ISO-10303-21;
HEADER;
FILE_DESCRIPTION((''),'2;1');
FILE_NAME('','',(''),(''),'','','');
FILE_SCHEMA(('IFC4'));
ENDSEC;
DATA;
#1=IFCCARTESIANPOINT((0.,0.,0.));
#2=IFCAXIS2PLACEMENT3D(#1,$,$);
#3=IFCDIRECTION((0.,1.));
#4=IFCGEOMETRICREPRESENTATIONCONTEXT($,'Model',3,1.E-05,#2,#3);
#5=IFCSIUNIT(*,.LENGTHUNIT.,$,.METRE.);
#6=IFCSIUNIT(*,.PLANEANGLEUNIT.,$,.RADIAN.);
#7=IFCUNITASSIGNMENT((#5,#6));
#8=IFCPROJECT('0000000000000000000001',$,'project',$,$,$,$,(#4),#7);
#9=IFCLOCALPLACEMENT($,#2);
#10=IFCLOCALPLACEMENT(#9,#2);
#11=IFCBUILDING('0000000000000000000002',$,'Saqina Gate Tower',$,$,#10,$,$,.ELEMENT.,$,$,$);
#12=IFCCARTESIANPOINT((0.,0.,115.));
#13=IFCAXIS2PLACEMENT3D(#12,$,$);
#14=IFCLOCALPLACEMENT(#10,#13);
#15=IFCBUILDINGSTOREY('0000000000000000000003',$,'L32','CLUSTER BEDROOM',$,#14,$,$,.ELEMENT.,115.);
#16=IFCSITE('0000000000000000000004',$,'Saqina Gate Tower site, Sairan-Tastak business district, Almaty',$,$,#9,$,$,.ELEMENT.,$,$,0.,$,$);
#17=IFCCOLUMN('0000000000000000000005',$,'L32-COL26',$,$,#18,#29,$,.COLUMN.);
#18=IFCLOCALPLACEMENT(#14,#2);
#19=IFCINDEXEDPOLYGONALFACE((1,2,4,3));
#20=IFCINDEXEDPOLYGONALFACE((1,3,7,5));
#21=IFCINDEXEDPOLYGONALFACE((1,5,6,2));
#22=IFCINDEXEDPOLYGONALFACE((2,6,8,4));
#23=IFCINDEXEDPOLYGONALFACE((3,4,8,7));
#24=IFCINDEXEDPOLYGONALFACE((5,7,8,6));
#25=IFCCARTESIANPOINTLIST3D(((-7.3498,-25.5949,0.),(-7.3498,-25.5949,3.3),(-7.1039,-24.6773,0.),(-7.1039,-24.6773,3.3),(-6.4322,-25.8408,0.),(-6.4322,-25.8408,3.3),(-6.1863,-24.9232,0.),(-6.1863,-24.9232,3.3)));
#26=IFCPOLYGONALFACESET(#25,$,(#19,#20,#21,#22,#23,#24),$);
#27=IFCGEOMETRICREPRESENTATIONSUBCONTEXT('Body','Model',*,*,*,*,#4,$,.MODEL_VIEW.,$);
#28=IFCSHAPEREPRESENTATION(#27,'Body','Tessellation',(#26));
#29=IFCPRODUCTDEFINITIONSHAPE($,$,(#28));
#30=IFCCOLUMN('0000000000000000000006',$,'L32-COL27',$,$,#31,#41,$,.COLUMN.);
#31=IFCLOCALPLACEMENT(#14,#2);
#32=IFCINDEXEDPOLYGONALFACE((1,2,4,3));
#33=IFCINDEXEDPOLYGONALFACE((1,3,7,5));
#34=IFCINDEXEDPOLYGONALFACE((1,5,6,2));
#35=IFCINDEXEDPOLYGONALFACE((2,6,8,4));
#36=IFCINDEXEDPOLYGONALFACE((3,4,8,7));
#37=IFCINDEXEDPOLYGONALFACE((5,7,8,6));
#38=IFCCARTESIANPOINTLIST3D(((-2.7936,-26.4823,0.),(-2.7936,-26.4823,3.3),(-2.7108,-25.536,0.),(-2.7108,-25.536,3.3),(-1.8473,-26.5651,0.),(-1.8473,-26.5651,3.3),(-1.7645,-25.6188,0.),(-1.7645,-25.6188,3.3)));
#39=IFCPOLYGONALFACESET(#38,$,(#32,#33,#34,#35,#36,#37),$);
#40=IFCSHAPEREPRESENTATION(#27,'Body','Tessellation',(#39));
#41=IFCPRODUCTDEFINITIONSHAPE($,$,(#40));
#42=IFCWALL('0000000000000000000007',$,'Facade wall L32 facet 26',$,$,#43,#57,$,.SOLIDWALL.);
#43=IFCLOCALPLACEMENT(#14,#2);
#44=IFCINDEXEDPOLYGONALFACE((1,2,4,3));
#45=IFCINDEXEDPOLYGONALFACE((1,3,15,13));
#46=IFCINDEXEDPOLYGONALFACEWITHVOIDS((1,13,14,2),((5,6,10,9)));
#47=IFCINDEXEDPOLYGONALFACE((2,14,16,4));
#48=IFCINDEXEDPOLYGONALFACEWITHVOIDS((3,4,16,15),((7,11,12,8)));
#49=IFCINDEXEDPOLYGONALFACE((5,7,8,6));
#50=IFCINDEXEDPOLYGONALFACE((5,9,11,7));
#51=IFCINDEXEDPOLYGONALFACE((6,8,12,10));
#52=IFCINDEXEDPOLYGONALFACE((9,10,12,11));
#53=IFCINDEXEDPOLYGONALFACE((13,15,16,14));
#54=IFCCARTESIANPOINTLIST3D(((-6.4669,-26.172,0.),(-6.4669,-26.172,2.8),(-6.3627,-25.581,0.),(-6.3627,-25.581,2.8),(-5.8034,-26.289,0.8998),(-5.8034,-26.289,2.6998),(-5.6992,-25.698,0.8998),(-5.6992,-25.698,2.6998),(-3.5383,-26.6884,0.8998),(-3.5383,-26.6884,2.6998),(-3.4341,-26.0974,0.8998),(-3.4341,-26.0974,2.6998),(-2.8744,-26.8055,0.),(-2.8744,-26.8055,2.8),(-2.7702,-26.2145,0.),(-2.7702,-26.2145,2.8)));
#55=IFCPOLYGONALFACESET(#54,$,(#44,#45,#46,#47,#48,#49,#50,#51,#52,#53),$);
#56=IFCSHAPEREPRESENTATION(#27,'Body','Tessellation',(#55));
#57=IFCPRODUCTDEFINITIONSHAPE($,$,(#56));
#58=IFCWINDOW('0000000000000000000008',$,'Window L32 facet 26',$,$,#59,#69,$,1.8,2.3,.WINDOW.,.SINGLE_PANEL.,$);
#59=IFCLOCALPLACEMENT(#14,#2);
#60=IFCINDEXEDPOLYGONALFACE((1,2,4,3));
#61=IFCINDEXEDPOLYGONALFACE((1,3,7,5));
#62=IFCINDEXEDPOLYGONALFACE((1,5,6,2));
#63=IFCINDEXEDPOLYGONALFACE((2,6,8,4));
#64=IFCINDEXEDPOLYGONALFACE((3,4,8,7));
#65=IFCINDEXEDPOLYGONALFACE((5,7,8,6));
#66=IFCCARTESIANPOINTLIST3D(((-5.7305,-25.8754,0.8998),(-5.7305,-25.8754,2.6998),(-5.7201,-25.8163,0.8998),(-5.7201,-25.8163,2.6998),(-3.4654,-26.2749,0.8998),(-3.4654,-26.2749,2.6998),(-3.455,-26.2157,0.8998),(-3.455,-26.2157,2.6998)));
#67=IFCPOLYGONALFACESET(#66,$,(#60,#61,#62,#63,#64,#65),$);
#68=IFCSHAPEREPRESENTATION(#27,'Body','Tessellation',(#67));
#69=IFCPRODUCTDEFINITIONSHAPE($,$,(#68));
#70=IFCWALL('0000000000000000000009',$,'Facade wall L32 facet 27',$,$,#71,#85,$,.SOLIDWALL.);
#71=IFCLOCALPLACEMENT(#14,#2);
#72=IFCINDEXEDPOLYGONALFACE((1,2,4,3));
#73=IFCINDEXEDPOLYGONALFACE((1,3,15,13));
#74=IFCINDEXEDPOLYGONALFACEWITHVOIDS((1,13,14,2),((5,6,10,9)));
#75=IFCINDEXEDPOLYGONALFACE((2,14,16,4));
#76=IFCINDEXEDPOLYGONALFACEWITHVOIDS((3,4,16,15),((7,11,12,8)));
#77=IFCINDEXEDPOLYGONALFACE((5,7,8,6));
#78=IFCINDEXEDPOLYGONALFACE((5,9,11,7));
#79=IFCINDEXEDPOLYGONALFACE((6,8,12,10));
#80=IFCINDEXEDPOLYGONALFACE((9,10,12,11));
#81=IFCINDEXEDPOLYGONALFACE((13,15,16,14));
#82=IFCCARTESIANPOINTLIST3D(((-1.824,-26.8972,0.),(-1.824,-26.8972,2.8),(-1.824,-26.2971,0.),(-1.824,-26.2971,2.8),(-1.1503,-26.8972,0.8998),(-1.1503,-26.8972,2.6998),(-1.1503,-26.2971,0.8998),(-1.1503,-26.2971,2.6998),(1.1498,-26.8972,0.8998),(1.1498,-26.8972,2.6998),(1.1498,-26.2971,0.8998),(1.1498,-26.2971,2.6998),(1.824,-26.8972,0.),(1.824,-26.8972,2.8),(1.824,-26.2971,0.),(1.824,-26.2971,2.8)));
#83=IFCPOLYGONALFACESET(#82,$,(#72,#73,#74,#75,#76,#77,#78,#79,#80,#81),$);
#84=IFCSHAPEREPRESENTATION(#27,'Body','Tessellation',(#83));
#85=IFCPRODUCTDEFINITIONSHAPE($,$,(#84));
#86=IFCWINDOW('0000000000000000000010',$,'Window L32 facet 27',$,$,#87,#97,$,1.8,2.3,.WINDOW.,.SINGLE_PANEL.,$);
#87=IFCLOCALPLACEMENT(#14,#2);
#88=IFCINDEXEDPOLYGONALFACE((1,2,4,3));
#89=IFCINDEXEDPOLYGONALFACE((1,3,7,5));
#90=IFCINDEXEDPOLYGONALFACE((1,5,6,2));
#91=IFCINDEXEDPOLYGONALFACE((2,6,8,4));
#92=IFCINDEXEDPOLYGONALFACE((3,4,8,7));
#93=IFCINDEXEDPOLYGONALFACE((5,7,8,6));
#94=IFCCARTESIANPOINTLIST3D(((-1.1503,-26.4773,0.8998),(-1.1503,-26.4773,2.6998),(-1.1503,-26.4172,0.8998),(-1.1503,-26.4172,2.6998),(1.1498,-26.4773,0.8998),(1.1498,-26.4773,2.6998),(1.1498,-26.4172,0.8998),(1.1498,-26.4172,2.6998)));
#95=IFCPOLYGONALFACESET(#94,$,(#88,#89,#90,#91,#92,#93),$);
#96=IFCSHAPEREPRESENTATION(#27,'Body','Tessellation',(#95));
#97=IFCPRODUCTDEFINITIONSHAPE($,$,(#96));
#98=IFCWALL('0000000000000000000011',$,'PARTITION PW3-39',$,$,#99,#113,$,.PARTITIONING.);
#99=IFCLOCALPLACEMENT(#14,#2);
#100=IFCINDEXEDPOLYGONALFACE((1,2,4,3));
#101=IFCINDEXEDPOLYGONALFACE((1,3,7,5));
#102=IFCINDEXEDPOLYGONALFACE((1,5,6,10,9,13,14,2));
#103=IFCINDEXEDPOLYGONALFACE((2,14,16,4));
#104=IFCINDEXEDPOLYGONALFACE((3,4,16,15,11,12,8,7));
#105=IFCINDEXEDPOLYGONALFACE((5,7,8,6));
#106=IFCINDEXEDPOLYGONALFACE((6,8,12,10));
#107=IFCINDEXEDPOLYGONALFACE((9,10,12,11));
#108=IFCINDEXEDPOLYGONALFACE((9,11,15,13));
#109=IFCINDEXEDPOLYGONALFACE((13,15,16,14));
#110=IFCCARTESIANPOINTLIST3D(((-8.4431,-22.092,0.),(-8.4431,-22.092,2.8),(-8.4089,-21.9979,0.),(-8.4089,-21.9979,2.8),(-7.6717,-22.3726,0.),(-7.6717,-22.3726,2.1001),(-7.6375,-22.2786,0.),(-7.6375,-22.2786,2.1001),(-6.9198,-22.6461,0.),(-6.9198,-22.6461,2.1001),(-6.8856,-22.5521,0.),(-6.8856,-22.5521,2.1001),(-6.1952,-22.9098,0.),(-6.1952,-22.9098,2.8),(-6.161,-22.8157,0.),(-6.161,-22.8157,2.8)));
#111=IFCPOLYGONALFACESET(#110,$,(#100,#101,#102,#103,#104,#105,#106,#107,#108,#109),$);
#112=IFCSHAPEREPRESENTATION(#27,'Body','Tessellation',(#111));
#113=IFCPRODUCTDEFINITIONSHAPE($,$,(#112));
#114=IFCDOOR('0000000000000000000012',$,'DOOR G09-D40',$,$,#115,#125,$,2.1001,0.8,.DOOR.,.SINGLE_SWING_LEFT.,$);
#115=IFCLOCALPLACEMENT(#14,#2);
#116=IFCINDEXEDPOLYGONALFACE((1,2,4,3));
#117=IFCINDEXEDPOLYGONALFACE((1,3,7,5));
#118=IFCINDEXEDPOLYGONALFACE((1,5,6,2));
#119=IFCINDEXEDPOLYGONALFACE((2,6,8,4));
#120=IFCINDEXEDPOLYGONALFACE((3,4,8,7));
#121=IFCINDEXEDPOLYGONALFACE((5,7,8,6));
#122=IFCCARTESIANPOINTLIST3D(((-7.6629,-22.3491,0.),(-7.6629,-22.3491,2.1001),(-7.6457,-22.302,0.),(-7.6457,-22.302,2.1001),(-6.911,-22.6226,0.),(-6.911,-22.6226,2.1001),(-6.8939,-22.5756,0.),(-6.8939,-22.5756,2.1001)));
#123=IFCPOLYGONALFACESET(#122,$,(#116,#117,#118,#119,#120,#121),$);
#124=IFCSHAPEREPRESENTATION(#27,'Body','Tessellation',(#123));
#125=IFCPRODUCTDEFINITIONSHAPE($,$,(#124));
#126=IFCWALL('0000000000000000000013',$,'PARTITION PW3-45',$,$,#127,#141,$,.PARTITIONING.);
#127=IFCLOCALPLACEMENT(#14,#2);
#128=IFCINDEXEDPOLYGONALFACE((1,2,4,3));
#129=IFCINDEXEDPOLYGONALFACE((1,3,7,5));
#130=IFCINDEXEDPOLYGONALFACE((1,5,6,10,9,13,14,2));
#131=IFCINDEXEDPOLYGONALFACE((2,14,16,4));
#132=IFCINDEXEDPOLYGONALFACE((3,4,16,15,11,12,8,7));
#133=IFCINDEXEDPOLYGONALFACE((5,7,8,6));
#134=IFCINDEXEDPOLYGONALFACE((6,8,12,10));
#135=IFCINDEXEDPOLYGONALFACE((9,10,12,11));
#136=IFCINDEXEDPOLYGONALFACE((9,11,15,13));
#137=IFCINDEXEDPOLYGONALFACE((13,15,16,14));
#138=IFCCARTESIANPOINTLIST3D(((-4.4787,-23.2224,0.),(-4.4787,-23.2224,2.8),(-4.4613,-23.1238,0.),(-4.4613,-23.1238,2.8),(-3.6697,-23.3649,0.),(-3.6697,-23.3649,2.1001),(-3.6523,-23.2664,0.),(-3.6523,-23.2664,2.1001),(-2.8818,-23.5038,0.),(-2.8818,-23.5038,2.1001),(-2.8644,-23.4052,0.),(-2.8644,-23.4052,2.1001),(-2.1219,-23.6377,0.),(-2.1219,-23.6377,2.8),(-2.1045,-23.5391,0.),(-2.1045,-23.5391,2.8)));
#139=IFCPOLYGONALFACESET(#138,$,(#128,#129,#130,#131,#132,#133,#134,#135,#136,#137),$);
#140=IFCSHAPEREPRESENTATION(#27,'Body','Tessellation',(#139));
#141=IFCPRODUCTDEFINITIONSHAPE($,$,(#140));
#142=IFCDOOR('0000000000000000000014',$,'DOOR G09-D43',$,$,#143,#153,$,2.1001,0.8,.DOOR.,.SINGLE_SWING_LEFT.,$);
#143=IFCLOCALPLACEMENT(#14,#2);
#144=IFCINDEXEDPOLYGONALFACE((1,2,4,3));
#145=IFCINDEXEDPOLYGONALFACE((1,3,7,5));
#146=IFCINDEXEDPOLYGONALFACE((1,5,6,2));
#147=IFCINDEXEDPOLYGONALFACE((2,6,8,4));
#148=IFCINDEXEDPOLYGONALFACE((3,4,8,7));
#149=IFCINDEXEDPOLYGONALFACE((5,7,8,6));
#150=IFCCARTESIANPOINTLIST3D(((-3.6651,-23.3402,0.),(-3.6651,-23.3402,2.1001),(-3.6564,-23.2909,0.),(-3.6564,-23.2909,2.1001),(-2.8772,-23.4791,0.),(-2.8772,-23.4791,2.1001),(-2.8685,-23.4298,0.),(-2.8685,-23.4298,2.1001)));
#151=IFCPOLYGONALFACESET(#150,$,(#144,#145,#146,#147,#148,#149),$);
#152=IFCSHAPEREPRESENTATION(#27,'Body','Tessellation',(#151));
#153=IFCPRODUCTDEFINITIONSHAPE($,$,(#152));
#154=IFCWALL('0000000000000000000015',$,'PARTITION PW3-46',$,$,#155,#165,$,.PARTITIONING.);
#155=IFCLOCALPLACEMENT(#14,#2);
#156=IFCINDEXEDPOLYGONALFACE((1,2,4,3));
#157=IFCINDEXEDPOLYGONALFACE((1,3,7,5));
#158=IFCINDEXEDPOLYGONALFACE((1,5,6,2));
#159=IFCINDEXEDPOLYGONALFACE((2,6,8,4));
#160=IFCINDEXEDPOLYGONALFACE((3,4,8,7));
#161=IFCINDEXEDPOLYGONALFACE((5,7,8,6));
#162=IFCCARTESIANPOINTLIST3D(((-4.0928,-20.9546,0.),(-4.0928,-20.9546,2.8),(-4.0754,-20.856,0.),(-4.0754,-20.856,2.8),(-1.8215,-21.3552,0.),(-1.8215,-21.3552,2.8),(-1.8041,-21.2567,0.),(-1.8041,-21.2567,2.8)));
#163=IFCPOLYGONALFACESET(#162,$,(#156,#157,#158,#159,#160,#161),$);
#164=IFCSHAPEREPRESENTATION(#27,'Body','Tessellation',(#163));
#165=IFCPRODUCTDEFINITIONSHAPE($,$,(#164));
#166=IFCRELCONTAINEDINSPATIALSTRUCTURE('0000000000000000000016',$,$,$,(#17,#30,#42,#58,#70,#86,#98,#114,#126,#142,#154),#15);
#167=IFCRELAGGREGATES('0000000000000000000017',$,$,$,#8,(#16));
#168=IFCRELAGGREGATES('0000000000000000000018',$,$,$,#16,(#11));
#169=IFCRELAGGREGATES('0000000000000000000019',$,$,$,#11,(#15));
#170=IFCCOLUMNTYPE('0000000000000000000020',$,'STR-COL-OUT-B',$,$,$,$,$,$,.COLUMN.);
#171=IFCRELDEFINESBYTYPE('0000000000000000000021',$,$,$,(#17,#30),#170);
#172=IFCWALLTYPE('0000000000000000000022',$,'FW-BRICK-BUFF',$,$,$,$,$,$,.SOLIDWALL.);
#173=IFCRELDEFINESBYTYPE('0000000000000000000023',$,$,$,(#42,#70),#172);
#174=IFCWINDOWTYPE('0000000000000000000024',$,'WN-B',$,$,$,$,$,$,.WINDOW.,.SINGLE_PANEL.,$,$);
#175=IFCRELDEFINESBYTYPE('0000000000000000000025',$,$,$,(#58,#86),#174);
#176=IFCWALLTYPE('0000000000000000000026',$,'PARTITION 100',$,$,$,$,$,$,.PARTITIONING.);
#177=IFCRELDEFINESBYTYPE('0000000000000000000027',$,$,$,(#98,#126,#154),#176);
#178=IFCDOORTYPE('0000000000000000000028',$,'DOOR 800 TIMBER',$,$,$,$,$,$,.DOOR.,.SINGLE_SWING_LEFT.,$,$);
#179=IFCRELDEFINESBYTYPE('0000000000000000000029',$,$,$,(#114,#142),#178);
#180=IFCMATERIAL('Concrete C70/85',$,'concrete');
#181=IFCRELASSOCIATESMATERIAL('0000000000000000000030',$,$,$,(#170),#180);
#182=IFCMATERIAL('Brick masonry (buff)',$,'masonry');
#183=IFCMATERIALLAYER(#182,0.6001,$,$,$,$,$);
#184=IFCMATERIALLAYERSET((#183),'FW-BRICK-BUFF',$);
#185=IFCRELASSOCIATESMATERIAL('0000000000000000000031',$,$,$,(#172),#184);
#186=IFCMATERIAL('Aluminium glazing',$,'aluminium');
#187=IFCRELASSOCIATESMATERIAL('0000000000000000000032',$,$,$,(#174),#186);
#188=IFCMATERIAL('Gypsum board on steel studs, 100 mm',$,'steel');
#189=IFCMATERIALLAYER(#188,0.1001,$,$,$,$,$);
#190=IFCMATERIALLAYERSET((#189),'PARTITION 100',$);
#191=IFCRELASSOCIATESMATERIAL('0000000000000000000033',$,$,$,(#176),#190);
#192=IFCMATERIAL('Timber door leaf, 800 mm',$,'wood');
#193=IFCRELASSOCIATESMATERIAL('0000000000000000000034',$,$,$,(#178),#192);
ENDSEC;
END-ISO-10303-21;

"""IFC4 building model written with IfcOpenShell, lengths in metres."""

from ifc_helpers import new_model, si_unit, direction, frame, frame_2d, origin, origin_2d, place, context, subcontext, project, spatial, rectangle, extrude, material, layer, layer_set, material_profile, profile_set, type_object, element, fill, save


model = new_model("IFC4")

# Units and contexts
model_context = context("Model", 3, precision=1e-05, world=origin(), true_north=direction((0.0, 1.0)))
body_context = subcontext(model_context, "Body", "Model", "MODEL_VIEW")
ifc_project = project(units=[si_unit("LENGTHUNIT", "METRE"), si_unit("PLANEANGLEUNIT", "RADIAN")], contexts=[model_context])

# Site, building, storey
site_placement = place(None, origin())
site = spatial("IfcSite", under=ifc_project, at=site_placement, Name="Saqina Gate Tower site, Sairan-Tastak business district, Almaty", CompositionType="ELEMENT", RefElevation=0.0)
building_placement = place(site_placement, origin())
building = spatial("IfcBuilding", under=site, at=building_placement, Name="Saqina Gate Tower", CompositionType="ELEMENT")
storey_placement = place(building_placement, frame((0.0, 0.0, 115.0)))
storey = spatial("IfcBuildingStorey", under=building, at=storey_placement, Name="L32", Description="CLUSTER BEDROOM", CompositionType="ELEMENT", Elevation=115.0)

# Columns
ifc_material_1 = material(Name="Concrete C70/85", Category="concrete")
ifc_material_profile = material_profile(ifc_material_1, rectangle(XDim=0.95, YDim=0.95, at=origin_2d()), Name="RC 950x950")
ifc_profile_set = profile_set([ifc_material_profile], Name="Concrete C70/85")
column_type = type_object("IfcColumnType", Name="STR-COL-OUT-B", PredefinedType="COLUMN", material=ifc_profile_set)
for number, where, z_axis, x_axis, name in (
    (1, (-6.7681, -25.259, 0.0), (0.0, 0.0, 1.0), (-0.258819, -0.965926, 0.0), "L32-COL26"),
    (2, (-2.2791, -26.0505, 0.0), (0.0, 0.0, 1.0), (-0.087156, -0.996195, 0.0), "L32-COL27"),
):
    element("IfcColumn", number, at=place(storey_placement, frame(where, z_axis=z_axis, x_axis=x_axis)), inside=storey, type_object=column_type, Name=name, PredefinedType="COLUMN", context=body_context, shape_type="SweptSolid", body=[
        extrude(rectangle(XDim=0.95, YDim=0.95, at=origin_2d()), origin(), (0.0, 0.0, 1.0), 3.3),
    ])

# Walls, openings, windows
ifc_material_2 = material(Name="Brick masonry (buff)", Category="masonry")
ifc_layer_1 = layer(ifc_material_2, 0.6001)
ifc_layer_set_1 = layer_set([ifc_layer_1], Name="FW-BRICK-BUFF")
wall_type_1 = type_object("IfcWallType", Name="FW-BRICK-BUFF", PredefinedType="SOLIDWALL", material=ifc_layer_set_1)
wall_1_placement = place(storey_placement, frame((-6.4148, -25.8765, 0.0), z_axis=(0.0, 0.0, 1.0), x_axis=(0.984804, -0.173671, 0.0)))
wall_1 = element("IfcWall", 3, at=wall_1_placement, inside=storey, type_object=wall_type_1, Name="Facade wall L32 facet 26", PredefinedType="SOLIDWALL", context=body_context, shape_type="SweptSolid", body=[
    extrude(rectangle(XDim=3.6479, YDim=0.6001, at=frame_2d((1.824, 0.0))), origin(), (0.0, 0.0, 1.0), 2.8),
])
opening_1_placement = place(wall_1_placement, frame((0.6738, 0.0, 0.8999)))
opening_1 = element("IfcOpeningElement", 4, at=opening_1_placement, cuts=wall_1, PredefinedType="OPENING", context=body_context, shape_type="SweptSolid", body=[
    extrude(rectangle(XDim=2.3, YDim=1.8, at=frame_2d((1.1499, 0.8999))), frame((0.0, 0.312, 0.0), z_axis=(0.0, -1.0, 0.0), x_axis=(1.0, 0.0, 0.0)), (0.0, 0.0, 1.0), 0.624),
])
ifc_material_3 = material(Name="Aluminium glazing", Category="aluminium")
window_type = type_object("IfcWindowType", Name="WN-B", PartitioningType="SINGLE_PANEL", PredefinedType="WINDOW", material=ifc_material_3)
window_1_placement = place(opening_1_placement, origin())
window_1 = element("IfcWindow", 5, at=window_1_placement, inside=storey, type_object=window_type, Name="Window L32 facet 26", OverallHeight=1.8, OverallWidth=2.3, PartitioningType="SINGLE_PANEL", PredefinedType="WINDOW", context=body_context, shape_type="SweptSolid", body=[
    extrude(rectangle(XDim=2.3, YDim=1.8, at=frame_2d((1.1499, 0.8999))), frame((0.0, 0.1799, 0.0), z_axis=(0.0, -1.0, 0.0), x_axis=(1.0, 0.0, 0.0)), (0.0, 0.0, 1.0), 0.0601),
])
fill(opening_1, window_1)
wall_2_placement = place(storey_placement, frame((-1.824, -26.5972, 0.0), z_axis=(0.0, 0.0, 1.0), x_axis=(1.0, 0.0, 0.0)))
wall_2 = element("IfcWall", 6, at=wall_2_placement, inside=storey, type_object=wall_type_1, Name="Facade wall L32 facet 27", PredefinedType="SOLIDWALL", context=body_context, shape_type="SweptSolid", body=[
    extrude(rectangle(XDim=3.6479, YDim=0.6001, at=frame_2d((1.824, 0.0))), origin(), (0.0, 0.0, 1.0), 2.8),
])
opening_2_placement = place(wall_2_placement, frame((0.6738, 0.0, 0.8999)))
opening_2 = element("IfcOpeningElement", 7, at=opening_2_placement, cuts=wall_2, PredefinedType="OPENING", context=body_context, shape_type="SweptSolid", body=[
    extrude(rectangle(XDim=2.3, YDim=1.8, at=frame_2d((1.1499, 0.8999))), frame((0.0, 0.312, 0.0), z_axis=(0.0, -1.0, 0.0), x_axis=(1.0, 0.0, 0.0)), (0.0, 0.0, 1.0), 0.624),
])
window_2_placement = place(opening_2_placement, origin())
window_2 = element("IfcWindow", 8, at=window_2_placement, inside=storey, type_object=window_type, Name="Window L32 facet 27", OverallHeight=1.8, OverallWidth=2.3, PartitioningType="SINGLE_PANEL", PredefinedType="WINDOW", context=body_context, shape_type="SweptSolid", body=[
    extrude(rectangle(XDim=2.3, YDim=1.8, at=frame_2d((1.1499, 0.8999))), frame((0.0, 0.1799, 0.0), z_axis=(0.0, -1.0, 0.0), x_axis=(1.0, 0.0, 0.0)), (0.0, 0.0, 1.0), 0.0601),
])
fill(opening_2, window_2)

# Walls, openings, doors
ifc_material_4 = material(Name="Gypsum board on steel studs, 100 mm", Category="steel")
ifc_layer_2 = layer(ifc_material_4, 0.1001)
ifc_layer_set_2 = layer_set([ifc_layer_2], Name="PARTITION 100")
wall_type_2 = type_object("IfcWallType", Name="PARTITION 100", PredefinedType="PARTITIONING", material=ifc_layer_set_2)
wall_3_placement = place(storey_placement, frame((-8.426, -22.0449, 0.0), z_axis=(0.0, 0.0, 1.0), x_axis=(0.93974, -0.341891, 0.0)))
wall_3 = element("IfcWall", 9, at=wall_3_placement, inside=storey, type_object=wall_type_2, Name="PARTITION PW3-39", PredefinedType="PARTITIONING", context=body_context, shape_type="SweptSolid", body=[
    extrude(rectangle(XDim=2.3921, YDim=0.1001, at=frame_2d((1.196, 0.0))), origin(), (0.0, 0.0, 1.0), 2.8),
])
opening_3_placement = place(wall_3_placement, frame((0.821, 0.0, 0.0)))
opening_3 = element("IfcOpeningElement", 10, at=opening_3_placement, cuts=wall_3, PredefinedType="OPENING", context=body_context, shape_type="SweptSolid", body=[
    extrude(rectangle(XDim=0.8, YDim=2.1001, at=frame_2d((0.3999, 1.05))), frame((0.0, 0.062, 0.0), z_axis=(0.0, -1.0, 0.0), x_axis=(1.0, 0.0, 0.0)), (0.0, 0.0, 1.0), 0.124),
])
ifc_material_5 = material(Name="Timber door leaf, 800 mm", Category="wood")
door_type_1 = type_object("IfcDoorType", Name="DOOR 800 TIMBER", OperationType="SINGLE_SWING_LEFT", PredefinedType="DOOR", material=ifc_material_5)
door_1_placement = place(opening_3_placement, frame((0.8, 0.0, 0.0), z_axis=(0.0, 0.0, 1.0), x_axis=(-1.0, 0.0, 0.0)))
door_1 = element("IfcDoor", 11, at=door_1_placement, inside=storey, type_object=door_type_1, Name="DOOR G09-D40", OperationType="SINGLE_SWING_LEFT", OverallHeight=2.1001, OverallWidth=0.8, PredefinedType="DOOR", context=body_context, shape_type="SweptSolid", body=[
    extrude(rectangle(XDim=0.8, YDim=2.1001, at=frame_2d((0.3999, 1.05))), frame((0.0, 0.0249, 0.0), z_axis=(0.0, -1.0, 0.0), x_axis=(1.0, 0.0, 0.0)), (0.0, 0.0, 1.0), 0.05),
])
fill(opening_3, door_1)
wall_4_placement = place(storey_placement, frame((-4.47, -23.1731, 0.0), z_axis=(0.0, 0.0, 1.0), x_axis=(0.984827, -0.173541, 0.0)))
wall_4 = element("IfcWall", 12, at=wall_4_placement, inside=storey, type_object=wall_type_2, Name="PARTITION PW3-45", PredefinedType="PARTITIONING", context=body_context, shape_type="SweptSolid", body=[
    extrude(rectangle(XDim=2.3931, YDim=0.1001, at=frame_2d((1.1965, 0.0))), origin(), (0.0, 0.0, 1.0), 2.8),
])
opening_4_placement = place(wall_4_placement, frame((0.8215, 0.0, 0.0)))
opening_4 = element("IfcOpeningElement", 13, at=opening_4_placement, cuts=wall_4, PredefinedType="OPENING", context=body_context, shape_type="SweptSolid", body=[
    extrude(rectangle(XDim=0.8, YDim=2.1001, at=frame_2d((0.3999, 1.05))), frame((0.0, 0.062, 0.0), z_axis=(0.0, -1.0, 0.0), x_axis=(1.0, 0.0, 0.0)), (0.0, 0.0, 1.0), 0.124),
])
door_2_placement = place(opening_4_placement, frame((0.8, 0.0, 0.0), z_axis=(0.0, 0.0, 1.0), x_axis=(-1.0, 0.0, 0.0)))
door_2 = element("IfcDoor", 14, at=door_2_placement, inside=storey, type_object=door_type_1, Name="DOOR G09-D43", OperationType="SINGLE_SWING_LEFT", OverallHeight=2.1001, OverallWidth=0.8, PredefinedType="DOOR", context=body_context, shape_type="SweptSolid", body=[
    extrude(rectangle(XDim=0.8, YDim=2.1001, at=frame_2d((0.3999, 1.05))), frame((0.0, 0.0249, 0.0), z_axis=(0.0, -1.0, 0.0), x_axis=(1.0, 0.0, 0.0)), (0.0, 0.0, 1.0), 0.05),
])
fill(opening_4, door_2)

# Wall
wall_5_placement = place(storey_placement, frame((-4.0842, -20.9053, 0.0), z_axis=(0.0, 0.0, 1.0), x_axis=(0.984796, -0.173713, 0.0)))
element("IfcWall", 15, at=wall_5_placement, inside=storey, type_object=wall_type_2, Name="PARTITION PW3-46", PredefinedType="PARTITIONING", context=body_context, shape_type="SweptSolid", body=[
    extrude(rectangle(XDim=2.3064, YDim=0.1001, at=frame_2d((1.1533, 0.0))), origin(), (0.0, 0.0, 1.0), 2.8),
])

save(model, "model.ifc")
